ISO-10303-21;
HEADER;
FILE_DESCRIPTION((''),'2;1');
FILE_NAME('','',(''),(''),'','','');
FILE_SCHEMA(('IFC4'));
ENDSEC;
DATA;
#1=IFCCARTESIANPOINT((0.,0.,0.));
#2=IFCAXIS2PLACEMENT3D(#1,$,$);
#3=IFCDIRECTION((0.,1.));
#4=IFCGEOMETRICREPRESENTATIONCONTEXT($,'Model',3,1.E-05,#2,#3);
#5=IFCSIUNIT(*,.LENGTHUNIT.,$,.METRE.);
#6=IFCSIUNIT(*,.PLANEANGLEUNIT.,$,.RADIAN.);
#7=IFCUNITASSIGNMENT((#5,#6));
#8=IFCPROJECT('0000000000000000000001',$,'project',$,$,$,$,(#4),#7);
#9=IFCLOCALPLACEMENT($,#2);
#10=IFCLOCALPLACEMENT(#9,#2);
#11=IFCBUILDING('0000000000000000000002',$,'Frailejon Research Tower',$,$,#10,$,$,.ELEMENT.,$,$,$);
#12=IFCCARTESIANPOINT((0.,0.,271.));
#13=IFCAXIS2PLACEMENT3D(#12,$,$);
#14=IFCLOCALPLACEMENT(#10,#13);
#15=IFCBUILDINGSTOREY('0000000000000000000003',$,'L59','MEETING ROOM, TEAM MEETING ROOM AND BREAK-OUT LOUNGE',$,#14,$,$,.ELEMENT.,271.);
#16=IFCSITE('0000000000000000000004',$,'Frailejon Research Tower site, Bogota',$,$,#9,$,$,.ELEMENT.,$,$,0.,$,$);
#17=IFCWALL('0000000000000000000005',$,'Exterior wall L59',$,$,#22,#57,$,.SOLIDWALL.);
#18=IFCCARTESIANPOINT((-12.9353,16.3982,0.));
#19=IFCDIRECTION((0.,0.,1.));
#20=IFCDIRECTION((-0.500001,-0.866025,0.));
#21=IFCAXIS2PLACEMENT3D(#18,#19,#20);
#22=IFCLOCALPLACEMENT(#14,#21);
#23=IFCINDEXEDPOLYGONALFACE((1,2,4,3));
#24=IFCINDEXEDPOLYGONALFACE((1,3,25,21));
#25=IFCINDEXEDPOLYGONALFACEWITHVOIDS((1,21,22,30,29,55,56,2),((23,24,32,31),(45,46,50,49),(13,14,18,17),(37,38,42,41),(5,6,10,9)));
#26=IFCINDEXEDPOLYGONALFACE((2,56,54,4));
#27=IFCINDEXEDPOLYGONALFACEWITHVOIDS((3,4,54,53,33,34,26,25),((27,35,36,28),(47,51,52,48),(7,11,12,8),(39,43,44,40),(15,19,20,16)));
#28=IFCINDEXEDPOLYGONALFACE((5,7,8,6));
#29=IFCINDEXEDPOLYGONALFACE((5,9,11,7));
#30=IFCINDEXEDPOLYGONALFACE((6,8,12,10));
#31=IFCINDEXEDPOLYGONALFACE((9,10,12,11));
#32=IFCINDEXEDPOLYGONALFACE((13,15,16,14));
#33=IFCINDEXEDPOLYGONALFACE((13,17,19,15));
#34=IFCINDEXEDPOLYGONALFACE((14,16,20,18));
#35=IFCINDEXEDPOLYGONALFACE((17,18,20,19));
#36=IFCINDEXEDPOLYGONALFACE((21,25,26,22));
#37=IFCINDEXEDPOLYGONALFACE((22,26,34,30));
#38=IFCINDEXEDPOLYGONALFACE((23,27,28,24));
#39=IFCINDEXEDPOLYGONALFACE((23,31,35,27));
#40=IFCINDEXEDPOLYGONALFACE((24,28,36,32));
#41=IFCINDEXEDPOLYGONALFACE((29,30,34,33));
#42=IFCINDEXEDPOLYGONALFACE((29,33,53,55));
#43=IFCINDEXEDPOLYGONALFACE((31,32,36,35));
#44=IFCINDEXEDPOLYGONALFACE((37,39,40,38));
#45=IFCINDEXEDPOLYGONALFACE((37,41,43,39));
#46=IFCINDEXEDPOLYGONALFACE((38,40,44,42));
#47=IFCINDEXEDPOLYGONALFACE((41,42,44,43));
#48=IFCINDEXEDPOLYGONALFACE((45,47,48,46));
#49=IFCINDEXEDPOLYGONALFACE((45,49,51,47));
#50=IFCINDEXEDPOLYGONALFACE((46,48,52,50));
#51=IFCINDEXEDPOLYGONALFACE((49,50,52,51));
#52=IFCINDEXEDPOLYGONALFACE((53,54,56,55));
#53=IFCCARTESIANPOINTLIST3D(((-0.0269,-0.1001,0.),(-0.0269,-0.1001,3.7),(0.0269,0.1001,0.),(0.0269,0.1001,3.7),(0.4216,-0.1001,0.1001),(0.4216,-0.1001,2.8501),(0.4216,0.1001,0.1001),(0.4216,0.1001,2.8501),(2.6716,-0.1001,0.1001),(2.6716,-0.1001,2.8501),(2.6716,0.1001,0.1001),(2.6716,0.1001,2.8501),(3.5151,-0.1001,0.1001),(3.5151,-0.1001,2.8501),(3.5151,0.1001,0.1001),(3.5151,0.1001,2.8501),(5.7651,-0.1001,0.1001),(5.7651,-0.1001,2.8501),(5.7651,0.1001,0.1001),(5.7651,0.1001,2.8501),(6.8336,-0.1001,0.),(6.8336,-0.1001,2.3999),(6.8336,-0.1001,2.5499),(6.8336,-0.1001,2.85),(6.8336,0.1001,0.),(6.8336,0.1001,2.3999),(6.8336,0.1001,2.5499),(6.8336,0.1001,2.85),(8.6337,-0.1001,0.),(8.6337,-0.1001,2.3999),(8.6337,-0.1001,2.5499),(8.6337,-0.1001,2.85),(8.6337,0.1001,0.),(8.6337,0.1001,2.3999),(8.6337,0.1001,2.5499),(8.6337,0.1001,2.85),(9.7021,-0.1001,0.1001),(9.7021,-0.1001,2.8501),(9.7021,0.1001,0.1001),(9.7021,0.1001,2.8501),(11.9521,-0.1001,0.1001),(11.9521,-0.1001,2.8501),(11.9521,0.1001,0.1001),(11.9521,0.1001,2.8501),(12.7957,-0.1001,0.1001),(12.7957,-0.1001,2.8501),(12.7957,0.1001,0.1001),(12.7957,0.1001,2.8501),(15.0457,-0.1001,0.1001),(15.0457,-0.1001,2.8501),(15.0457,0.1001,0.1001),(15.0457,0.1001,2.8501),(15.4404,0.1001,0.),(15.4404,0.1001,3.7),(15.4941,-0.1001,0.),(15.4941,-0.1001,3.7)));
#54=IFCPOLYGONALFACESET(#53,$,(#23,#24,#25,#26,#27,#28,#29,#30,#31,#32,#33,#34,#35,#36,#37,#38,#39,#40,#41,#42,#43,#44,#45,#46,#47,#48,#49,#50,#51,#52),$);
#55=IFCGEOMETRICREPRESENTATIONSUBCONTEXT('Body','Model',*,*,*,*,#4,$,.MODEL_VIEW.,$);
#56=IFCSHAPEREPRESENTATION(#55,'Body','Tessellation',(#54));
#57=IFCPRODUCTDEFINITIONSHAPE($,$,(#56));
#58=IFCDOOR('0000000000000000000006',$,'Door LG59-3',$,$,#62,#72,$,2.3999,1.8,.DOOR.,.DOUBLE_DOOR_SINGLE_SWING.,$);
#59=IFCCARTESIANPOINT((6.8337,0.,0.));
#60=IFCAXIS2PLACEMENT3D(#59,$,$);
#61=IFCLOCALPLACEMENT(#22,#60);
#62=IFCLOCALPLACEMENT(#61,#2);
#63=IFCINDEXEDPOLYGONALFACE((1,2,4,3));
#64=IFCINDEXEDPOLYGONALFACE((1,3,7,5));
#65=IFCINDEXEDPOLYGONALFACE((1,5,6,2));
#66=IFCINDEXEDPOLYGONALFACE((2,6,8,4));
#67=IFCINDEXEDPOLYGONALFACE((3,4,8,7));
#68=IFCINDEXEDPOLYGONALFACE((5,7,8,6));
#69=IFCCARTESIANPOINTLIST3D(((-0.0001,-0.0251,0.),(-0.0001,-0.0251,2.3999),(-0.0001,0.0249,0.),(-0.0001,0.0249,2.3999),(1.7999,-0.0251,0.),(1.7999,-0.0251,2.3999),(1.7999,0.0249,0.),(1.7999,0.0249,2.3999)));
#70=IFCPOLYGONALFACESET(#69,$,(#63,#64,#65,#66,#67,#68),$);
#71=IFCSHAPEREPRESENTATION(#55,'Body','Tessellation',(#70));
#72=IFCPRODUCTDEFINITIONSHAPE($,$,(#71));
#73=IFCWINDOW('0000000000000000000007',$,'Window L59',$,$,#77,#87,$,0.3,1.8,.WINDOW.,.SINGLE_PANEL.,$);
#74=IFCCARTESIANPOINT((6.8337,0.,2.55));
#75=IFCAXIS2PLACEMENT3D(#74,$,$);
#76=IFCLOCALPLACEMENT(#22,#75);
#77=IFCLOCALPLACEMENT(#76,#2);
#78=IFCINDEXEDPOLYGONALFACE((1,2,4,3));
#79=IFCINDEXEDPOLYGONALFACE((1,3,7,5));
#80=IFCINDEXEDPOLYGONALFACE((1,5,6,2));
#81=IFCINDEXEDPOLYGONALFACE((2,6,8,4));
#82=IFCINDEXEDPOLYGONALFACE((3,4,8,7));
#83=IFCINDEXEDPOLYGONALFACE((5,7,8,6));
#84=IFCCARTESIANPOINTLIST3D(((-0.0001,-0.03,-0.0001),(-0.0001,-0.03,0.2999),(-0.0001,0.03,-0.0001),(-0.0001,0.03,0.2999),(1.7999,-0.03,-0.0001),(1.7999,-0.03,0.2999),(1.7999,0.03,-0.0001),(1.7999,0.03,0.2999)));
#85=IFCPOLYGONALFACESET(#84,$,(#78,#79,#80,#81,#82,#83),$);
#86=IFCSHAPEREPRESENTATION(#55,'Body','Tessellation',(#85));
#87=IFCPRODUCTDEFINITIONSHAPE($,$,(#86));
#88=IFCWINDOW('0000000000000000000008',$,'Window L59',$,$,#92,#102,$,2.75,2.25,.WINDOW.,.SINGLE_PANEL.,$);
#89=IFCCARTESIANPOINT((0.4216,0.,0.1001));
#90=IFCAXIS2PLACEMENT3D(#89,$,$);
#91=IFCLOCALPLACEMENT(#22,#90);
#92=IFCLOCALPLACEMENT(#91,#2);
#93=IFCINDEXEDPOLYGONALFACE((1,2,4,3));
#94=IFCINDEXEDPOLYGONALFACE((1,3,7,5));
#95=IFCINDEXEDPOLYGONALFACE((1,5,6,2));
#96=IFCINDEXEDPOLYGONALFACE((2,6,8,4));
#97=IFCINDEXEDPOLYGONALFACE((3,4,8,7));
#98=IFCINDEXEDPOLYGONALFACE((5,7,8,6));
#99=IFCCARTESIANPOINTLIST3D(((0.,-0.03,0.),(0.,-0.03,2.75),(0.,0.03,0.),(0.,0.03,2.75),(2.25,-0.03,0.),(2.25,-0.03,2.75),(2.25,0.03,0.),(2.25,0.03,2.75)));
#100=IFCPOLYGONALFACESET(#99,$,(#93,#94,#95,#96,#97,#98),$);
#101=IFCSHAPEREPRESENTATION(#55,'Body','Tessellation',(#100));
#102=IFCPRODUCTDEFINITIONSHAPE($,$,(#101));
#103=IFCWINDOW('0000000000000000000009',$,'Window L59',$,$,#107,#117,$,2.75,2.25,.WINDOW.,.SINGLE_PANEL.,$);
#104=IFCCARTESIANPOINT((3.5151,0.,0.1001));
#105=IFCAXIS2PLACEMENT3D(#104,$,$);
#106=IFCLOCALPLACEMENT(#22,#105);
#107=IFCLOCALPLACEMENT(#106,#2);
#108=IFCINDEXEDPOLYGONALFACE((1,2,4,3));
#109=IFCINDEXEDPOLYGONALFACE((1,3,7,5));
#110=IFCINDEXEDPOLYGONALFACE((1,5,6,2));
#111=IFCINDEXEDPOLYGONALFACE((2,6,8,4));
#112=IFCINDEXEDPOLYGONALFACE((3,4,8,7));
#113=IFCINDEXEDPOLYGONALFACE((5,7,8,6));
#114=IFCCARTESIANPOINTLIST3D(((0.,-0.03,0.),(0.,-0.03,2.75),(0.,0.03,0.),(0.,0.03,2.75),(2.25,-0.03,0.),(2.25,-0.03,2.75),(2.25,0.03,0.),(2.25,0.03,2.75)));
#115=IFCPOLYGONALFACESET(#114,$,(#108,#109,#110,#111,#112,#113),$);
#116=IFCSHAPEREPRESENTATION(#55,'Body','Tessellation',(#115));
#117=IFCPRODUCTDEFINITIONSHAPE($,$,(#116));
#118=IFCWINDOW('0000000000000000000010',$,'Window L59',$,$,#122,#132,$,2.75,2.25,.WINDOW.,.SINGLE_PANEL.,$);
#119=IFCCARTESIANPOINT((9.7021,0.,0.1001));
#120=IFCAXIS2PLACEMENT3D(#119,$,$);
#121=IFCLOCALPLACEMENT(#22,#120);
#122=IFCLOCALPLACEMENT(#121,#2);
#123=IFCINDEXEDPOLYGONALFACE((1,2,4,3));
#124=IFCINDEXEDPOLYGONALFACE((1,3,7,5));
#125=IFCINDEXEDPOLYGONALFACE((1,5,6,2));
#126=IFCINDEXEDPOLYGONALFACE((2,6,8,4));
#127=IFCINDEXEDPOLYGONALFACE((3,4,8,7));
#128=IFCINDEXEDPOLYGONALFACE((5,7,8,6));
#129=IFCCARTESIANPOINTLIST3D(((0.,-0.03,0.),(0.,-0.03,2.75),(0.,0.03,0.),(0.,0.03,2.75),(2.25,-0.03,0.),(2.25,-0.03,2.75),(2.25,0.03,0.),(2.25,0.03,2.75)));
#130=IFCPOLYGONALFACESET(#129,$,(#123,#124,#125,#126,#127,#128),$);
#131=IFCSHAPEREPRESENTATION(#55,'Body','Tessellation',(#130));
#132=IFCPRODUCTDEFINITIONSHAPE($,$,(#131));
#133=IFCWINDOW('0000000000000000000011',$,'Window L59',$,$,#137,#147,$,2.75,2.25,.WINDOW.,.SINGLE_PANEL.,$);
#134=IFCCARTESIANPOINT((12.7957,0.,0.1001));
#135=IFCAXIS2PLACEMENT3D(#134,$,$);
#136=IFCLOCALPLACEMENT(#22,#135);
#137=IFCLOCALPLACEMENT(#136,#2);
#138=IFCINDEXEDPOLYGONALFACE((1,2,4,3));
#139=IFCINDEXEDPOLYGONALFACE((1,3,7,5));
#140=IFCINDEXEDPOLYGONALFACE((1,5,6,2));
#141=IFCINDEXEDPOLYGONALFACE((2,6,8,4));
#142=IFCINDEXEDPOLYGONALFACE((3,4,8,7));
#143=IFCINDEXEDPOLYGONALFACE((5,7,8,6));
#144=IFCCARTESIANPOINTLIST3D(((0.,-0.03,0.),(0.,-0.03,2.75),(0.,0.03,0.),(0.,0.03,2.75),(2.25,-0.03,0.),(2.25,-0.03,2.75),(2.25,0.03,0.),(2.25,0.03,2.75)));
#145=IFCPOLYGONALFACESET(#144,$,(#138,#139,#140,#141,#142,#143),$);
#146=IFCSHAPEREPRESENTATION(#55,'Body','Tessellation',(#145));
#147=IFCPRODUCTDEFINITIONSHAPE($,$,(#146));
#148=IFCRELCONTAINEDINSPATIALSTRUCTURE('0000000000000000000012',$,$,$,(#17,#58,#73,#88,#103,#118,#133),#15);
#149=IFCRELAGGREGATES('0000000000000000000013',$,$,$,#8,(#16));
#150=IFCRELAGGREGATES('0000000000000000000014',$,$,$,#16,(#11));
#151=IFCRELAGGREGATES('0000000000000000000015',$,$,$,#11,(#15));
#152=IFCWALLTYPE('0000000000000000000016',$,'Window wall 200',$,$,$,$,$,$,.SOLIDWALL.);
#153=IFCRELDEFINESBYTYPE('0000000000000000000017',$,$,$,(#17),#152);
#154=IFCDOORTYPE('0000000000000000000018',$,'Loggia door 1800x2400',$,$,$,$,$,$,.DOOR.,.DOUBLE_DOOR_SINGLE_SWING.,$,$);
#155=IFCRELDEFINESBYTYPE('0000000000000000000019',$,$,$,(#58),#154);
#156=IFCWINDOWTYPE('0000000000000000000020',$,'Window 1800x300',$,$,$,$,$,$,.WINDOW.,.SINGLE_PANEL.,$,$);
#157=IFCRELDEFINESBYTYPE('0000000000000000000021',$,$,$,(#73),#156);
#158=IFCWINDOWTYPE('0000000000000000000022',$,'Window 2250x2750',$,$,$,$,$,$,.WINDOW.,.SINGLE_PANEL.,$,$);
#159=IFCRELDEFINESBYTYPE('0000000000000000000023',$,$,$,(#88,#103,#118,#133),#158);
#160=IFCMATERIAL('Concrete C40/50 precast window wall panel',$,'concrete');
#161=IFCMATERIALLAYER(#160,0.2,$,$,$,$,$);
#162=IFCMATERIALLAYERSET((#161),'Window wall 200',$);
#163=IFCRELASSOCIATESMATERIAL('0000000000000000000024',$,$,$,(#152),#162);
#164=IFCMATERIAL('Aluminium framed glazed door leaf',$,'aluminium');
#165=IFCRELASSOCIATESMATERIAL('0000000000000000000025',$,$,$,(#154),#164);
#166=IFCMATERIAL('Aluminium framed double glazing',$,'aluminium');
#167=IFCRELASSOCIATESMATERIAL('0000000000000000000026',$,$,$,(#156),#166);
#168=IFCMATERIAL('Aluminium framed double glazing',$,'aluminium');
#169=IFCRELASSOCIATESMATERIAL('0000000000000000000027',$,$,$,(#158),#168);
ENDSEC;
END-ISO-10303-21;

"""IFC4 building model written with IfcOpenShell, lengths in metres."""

from ifc_helpers import new_model, si_unit, direction, frame, frame_2d, origin, place, context, subcontext, project, spatial, polyline, rectangle, outline, extrude, material, layer, layer_set, type_object, element, fill, save


model = new_model("IFC4")

# Units and contexts
model_context = context("Model", 3, precision=1e-05, world=origin(), true_north=direction((0.0, 1.0)))
body_context = subcontext(model_context, "Body", "Model", "MODEL_VIEW")
ifc_project = project(units=[si_unit("LENGTHUNIT", "METRE"), si_unit("PLANEANGLEUNIT", "RADIAN")], contexts=[model_context])

# Site, building, storey
site_placement = place(None, origin())
site = spatial("IfcSite", under=ifc_project, at=site_placement, Name="Frailejon Research Tower site, Bogota", CompositionType="ELEMENT", RefElevation=0.0)
building_placement = place(site_placement, origin())
building = spatial("IfcBuilding", under=site, at=building_placement, Name="Frailejon Research Tower", CompositionType="ELEMENT")
storey_placement = place(building_placement, frame((0.0, 0.0, 271.0)))
storey = spatial("IfcBuildingStorey", under=building, at=storey_placement, Name="L59", Description="MEETING ROOM, TEAM MEETING ROOM AND BREAK-OUT LOUNGE", CompositionType="ELEMENT", Elevation=271.0)

# Wall, openings, door, windows
ifc_material_1 = material(Name="Concrete C40/50 precast window wall panel", Category="concrete")
ifc_layer_1 = layer(ifc_material_1, 0.2)
ifc_layer_set_1 = layer_set([ifc_layer_1], Name="Window wall 200")
wall_type_1 = type_object("IfcWallType", Name="Window wall 200", PredefinedType="SOLIDWALL", material=ifc_layer_set_1)
wall_1_placement = place(storey_placement, frame((-12.9353, 16.3982, 0.0), z_axis=(0.0, 0.0, 1.0), x_axis=(-0.500001, -0.866025, 0.0)))
wall_1 = element("IfcWall", 1, at=wall_1_placement, inside=storey, type_object=wall_type_1, Name="Exterior wall L59", PredefinedType="SOLIDWALL", context=body_context, shape_type="SweptSolid", body=[
    extrude(outline(polyline([(-0.0269, -0.1001), (1.0078, -0.1001), (2.0427, -0.1001), (3.0774, -0.1001), (4.1121, -0.1001), (5.1467, -0.1001), (6.1816, -0.1001), (7.2163, -0.1001), (8.251, -0.1001), (9.2856, -0.1001), (10.3206, -0.1001), (11.3552, -0.1001), (12.3899, -0.1001), (13.4246, -0.1001), (14.4595, -0.1001), (15.4941, -0.1001), (15.4404, 0.1001), (14.4128, 0.1001), (13.3853, 0.1001), (12.3577, 0.1001), (11.3301, 0.1001), (10.3025, 0.1001), (9.2749, 0.1001), (8.2473, 0.1001), (7.22, 0.1001), (6.1924, 0.1001), (5.1648, 0.1001), (4.1372, 0.1001), (3.1096, 0.1001), (2.082, 0.1001), (1.0544, 0.1001), (0.0269, 0.1001), (-0.0269, -0.1001)])), origin(), (0.0, 0.0, 1.0), 3.7),
])
opening_1_placement = place(wall_1_placement, frame((0.4216, 0.0, 0.1001)))
opening_1 = element("IfcOpeningElement", 2, at=opening_1_placement, cuts=wall_1, PredefinedType="OPENING", context=body_context, shape_type="SweptSolid", body=[
    extrude(rectangle(XDim=2.25, YDim=2.75, at=frame_2d((1.125, 1.375))), frame((0.0, 0.1099, 0.0), z_axis=(0.0, -1.0, 0.0), x_axis=(1.0, 0.0, 0.0)), (0.0, 0.0, 1.0), 0.22),
])
opening_2_placement = place(wall_1_placement, frame((3.5151, 0.0, 0.1001)))
opening_2 = element("IfcOpeningElement", 3, at=opening_2_placement, cuts=wall_1, PredefinedType="OPENING", context=body_context, shape_type="SweptSolid", body=[
    extrude(rectangle(XDim=2.25, YDim=2.75, at=frame_2d((1.125, 1.375))), frame((0.0, 0.1099, 0.0), z_axis=(0.0, -1.0, 0.0), x_axis=(1.0, 0.0, 0.0)), (0.0, 0.0, 1.0), 0.22),
])
opening_3_placement = place(wall_1_placement, frame((6.8337, 0.0, 0.0)))
opening_3 = element("IfcOpeningElement", 4, at=opening_3_placement, cuts=wall_1, PredefinedType="OPENING", context=body_context, shape_type="SweptSolid", body=[
    extrude(rectangle(XDim=1.8, YDim=2.3999, at=frame_2d((0.8999, 1.2))), frame((0.0, 0.1099, 0.0), z_axis=(0.0, -1.0, 0.0), x_axis=(1.0, 0.0, 0.0)), (0.0, 0.0, 1.0), 0.22),
])
opening_4_placement = place(wall_1_placement, frame((6.8337, 0.0, 2.55)))
opening_4 = element("IfcOpeningElement", 5, at=opening_4_placement, cuts=wall_1, PredefinedType="OPENING", context=body_context, shape_type="SweptSolid", body=[
    extrude(rectangle(XDim=1.8, YDim=0.3, at=frame_2d((0.8999, 0.1499))), frame((0.0, 0.1099, 0.0), z_axis=(0.0, -1.0, 0.0), x_axis=(1.0, 0.0, 0.0)), (0.0, 0.0, 1.0), 0.22),
])
opening_5_placement = place(wall_1_placement, frame((9.7021, 0.0, 0.1001)))
opening_5 = element("IfcOpeningElement", 6, at=opening_5_placement, cuts=wall_1, PredefinedType="OPENING", context=body_context, shape_type="SweptSolid", body=[
    extrude(rectangle(XDim=2.25, YDim=2.75, at=frame_2d((1.125, 1.375))), frame((0.0, 0.1099, 0.0), z_axis=(0.0, -1.0, 0.0), x_axis=(1.0, 0.0, 0.0)), (0.0, 0.0, 1.0), 0.22),
])
opening_6_placement = place(wall_1_placement, frame((12.7957, 0.0, 0.1001)))
opening_6 = element("IfcOpeningElement", 7, at=opening_6_placement, cuts=wall_1, PredefinedType="OPENING", context=body_context, shape_type="SweptSolid", body=[
    extrude(rectangle(XDim=2.25, YDim=2.75, at=frame_2d((1.125, 1.375))), frame((0.0, 0.1099, 0.0), z_axis=(0.0, -1.0, 0.0), x_axis=(1.0, 0.0, 0.0)), (0.0, 0.0, 1.0), 0.22),
])
ifc_material_2 = material(Name="Aluminium framed glazed door leaf", Category="aluminium")
door_type = type_object("IfcDoorType", Name="Loggia door 1800x2400", OperationType="DOUBLE_DOOR_SINGLE_SWING", PredefinedType="DOOR", material=ifc_material_2)
door_placement = place(opening_3_placement, origin())
door = element("IfcDoor", 8, at=door_placement, inside=storey, type_object=door_type, Name="Door LG59-3", OperationType="DOUBLE_DOOR_SINGLE_SWING", OverallHeight=2.3999, OverallWidth=1.8, PredefinedType="DOOR", context=body_context, shape_type="SweptSolid", body=[
    extrude(rectangle(XDim=1.8, YDim=2.3999, at=frame_2d((0.8999, 1.2))), frame((0.0, 0.0249, 0.0), z_axis=(0.0, -1.0, 0.0), x_axis=(1.0, 0.0, 0.0)), (0.0, 0.0, 1.0), 0.05),
])
fill(opening_3, door)
ifc_material_3 = material(Name="Aluminium framed double glazing", Category="aluminium")
window_type_1 = type_object("IfcWindowType", Name="Window 1800x300", PartitioningType="SINGLE_PANEL", PredefinedType="WINDOW", material=ifc_material_3)
window_1_placement = place(opening_4_placement, origin())
window_1 = element("IfcWindow", 9, at=window_1_placement, inside=storey, type_object=window_type_1, Name="Window L59", OverallHeight=0.3, OverallWidth=1.8, PartitioningType="SINGLE_PANEL", PredefinedType="WINDOW", context=body_context, shape_type="SweptSolid", body=[
    extrude(rectangle(XDim=1.8, YDim=0.3, at=frame_2d((0.8999, 0.1499))), frame((0.0, 0.03, 0.0), z_axis=(0.0, -1.0, 0.0), x_axis=(1.0, 0.0, 0.0)), (0.0, 0.0, 1.0), 0.0601),
])
fill(opening_4, window_1)
ifc_material_4 = material(Name="Aluminium framed double glazing", Category="aluminium")
window_type_2 = type_object("IfcWindowType", Name="Window 2250x2750", PartitioningType="SINGLE_PANEL", PredefinedType="WINDOW", material=ifc_material_4)
window_2_placement = place(opening_1_placement, origin())
window_2 = element("IfcWindow", 10, at=window_2_placement, inside=storey, type_object=window_type_2, Name="Window L59", OverallHeight=2.75, OverallWidth=2.25, PartitioningType="SINGLE_PANEL", PredefinedType="WINDOW", context=body_context, shape_type="SweptSolid", body=[
    extrude(rectangle(XDim=2.25, YDim=2.75, at=frame_2d((1.125, 1.375))), frame((0.0, 0.03, 0.0), z_axis=(0.0, -1.0, 0.0), x_axis=(1.0, 0.0, 0.0)), (0.0, 0.0, 1.0), 0.0601),
])
fill(opening_1, window_2)
window_3_placement = place(opening_2_placement, origin())
window_3 = element("IfcWindow", 11, at=window_3_placement, inside=storey, type_object=window_type_2, Name="Window L59", OverallHeight=2.75, OverallWidth=2.25, PartitioningType="SINGLE_PANEL", PredefinedType="WINDOW", context=body_context, shape_type="SweptSolid", body=[
    extrude(rectangle(XDim=2.25, YDim=2.75, at=frame_2d((1.125, 1.375))), frame((0.0, 0.03, 0.0), z_axis=(0.0, -1.0, 0.0), x_axis=(1.0, 0.0, 0.0)), (0.0, 0.0, 1.0), 0.0601),
])
fill(opening_2, window_3)
window_4_placement = place(opening_5_placement, origin())
window_4 = element("IfcWindow", 12, at=window_4_placement, inside=storey, type_object=window_type_2, Name="Window L59", OverallHeight=2.75, OverallWidth=2.25, PartitioningType="SINGLE_PANEL", PredefinedType="WINDOW", context=body_context, shape_type="SweptSolid", body=[
    extrude(rectangle(XDim=2.25, YDim=2.75, at=frame_2d((1.125, 1.375))), frame((0.0, 0.03, 0.0), z_axis=(0.0, -1.0, 0.0), x_axis=(1.0, 0.0, 0.0)), (0.0, 0.0, 1.0), 0.0601),
])
fill(opening_5, window_4)
window_5_placement = place(opening_6_placement, origin())
window_5 = element("IfcWindow", 13, at=window_5_placement, inside=storey, type_object=window_type_2, Name="Window L59", OverallHeight=2.75, OverallWidth=2.25, PartitioningType="SINGLE_PANEL", PredefinedType="WINDOW", context=body_context, shape_type="SweptSolid", body=[
    extrude(rectangle(XDim=2.25, YDim=2.75, at=frame_2d((1.125, 1.375))), frame((0.0, 0.03, 0.0), z_axis=(0.0, -1.0, 0.0), x_axis=(1.0, 0.0, 0.0)), (0.0, 0.0, 1.0), 0.0601),
])
fill(opening_6, window_5)

save(model, "model.ifc")
